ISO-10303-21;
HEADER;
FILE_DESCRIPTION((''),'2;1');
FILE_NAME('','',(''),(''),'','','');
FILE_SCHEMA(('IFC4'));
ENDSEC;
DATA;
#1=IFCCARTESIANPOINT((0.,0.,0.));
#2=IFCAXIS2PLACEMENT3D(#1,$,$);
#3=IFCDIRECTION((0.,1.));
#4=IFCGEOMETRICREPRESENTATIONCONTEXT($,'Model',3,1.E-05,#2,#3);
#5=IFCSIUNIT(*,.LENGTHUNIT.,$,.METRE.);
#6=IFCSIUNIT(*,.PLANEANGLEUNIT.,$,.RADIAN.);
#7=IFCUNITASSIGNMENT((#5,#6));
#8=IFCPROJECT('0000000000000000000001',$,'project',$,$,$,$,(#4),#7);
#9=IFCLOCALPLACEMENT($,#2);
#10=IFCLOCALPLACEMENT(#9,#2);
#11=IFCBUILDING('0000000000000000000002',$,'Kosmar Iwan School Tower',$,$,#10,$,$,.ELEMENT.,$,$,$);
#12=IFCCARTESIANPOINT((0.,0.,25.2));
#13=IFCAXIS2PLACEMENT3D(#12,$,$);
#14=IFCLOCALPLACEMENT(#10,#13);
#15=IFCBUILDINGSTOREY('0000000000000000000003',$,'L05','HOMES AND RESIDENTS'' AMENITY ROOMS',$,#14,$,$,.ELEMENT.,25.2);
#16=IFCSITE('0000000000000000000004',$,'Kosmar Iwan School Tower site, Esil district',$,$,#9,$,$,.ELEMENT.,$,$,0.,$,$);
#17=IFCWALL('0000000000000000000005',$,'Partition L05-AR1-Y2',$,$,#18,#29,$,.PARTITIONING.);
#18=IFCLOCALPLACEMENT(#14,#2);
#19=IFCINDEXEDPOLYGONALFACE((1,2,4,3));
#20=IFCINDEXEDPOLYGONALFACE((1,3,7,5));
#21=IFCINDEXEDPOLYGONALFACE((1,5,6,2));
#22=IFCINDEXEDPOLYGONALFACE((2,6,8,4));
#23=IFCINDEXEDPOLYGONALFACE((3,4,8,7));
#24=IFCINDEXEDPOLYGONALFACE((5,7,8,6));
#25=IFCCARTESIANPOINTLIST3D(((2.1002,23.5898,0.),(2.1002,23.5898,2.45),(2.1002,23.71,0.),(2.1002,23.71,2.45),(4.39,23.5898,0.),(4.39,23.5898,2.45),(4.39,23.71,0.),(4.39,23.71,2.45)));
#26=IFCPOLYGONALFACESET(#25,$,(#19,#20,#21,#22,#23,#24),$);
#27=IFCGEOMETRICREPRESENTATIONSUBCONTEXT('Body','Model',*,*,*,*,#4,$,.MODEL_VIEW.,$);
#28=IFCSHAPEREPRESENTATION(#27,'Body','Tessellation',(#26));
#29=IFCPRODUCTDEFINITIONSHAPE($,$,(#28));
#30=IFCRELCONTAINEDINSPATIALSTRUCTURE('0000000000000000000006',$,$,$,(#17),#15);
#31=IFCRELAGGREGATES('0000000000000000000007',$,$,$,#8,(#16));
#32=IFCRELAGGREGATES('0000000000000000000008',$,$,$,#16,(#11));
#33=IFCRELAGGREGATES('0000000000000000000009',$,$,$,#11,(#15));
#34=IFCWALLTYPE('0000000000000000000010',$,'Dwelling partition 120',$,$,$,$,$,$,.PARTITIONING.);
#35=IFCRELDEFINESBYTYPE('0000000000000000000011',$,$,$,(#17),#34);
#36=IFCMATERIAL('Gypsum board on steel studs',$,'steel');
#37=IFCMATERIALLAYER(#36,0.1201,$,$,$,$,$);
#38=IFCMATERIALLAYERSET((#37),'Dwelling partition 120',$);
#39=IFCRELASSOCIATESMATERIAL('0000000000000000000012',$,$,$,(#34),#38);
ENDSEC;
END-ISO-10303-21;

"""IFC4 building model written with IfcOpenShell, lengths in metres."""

from ifc_helpers import new_model, si_unit, direction, frame, frame_2d, origin, place, context, subcontext, project, spatial, rectangle, extrude, material, layer, layer_set, type_object, element, save


model = new_model("IFC4")

# Units and contexts
model_context = context("Model", 3, precision=1e-05, world=origin(), true_north=direction((0.0, 1.0)))
body_context = subcontext(model_context, "Body", "Model", "MODEL_VIEW")
ifc_project = project(units=[si_unit("LENGTHUNIT", "METRE"), si_unit("PLANEANGLEUNIT", "RADIAN")], contexts=[model_context])

# Site, building, storey
site_placement = place(None, origin())
site = spatial("IfcSite", under=ifc_project, at=site_placement, Name="Kosmar Iwan School Tower site, Esil district", CompositionType="ELEMENT", RefElevation=0.0)
building_placement = place(site_placement, origin())
building = spatial("IfcBuilding", under=site, at=building_placement, Name="Kosmar Iwan School Tower", CompositionType="ELEMENT")
storey_placement = place(building_placement, frame((0.0, 0.0, 25.2)))
storey = spatial("IfcBuildingStorey", under=building, at=storey_placement, Name="L05", Description="HOMES AND RESIDENTS' AMENITY ROOMS", CompositionType="ELEMENT", Elevation=25.2)

# Wall
ifc_material_1 = material(Name="Gypsum board on steel studs", Category="steel")
ifc_layer_1 = layer(ifc_material_1, 0.1201)
ifc_layer_set_1 = layer_set([ifc_layer_1], Name="Dwelling partition 120")
wall_type_1 = type_object("IfcWallType", Name="Dwelling partition 120", PredefinedType="PARTITIONING", material=ifc_layer_set_1)
wall_1_placement = place(storey_placement, frame((2.1001, 23.6499, 0.0), z_axis=(0.0, 0.0, 1.0), x_axis=(1.0, 0.0, 0.0)))
element("IfcWall", 1, at=wall_1_placement, inside=storey, type_object=wall_type_1, Name="Partition L05-AR1-Y2", PredefinedType="PARTITIONING", context=body_context, shape_type="SweptSolid", body=[
    extrude(rectangle(XDim=2.2898, YDim=0.1201, at=frame_2d((1.145, 0.0))), origin(), (0.0, 0.0, 1.0), 2.45),
])

save(model, "model.ifc")
